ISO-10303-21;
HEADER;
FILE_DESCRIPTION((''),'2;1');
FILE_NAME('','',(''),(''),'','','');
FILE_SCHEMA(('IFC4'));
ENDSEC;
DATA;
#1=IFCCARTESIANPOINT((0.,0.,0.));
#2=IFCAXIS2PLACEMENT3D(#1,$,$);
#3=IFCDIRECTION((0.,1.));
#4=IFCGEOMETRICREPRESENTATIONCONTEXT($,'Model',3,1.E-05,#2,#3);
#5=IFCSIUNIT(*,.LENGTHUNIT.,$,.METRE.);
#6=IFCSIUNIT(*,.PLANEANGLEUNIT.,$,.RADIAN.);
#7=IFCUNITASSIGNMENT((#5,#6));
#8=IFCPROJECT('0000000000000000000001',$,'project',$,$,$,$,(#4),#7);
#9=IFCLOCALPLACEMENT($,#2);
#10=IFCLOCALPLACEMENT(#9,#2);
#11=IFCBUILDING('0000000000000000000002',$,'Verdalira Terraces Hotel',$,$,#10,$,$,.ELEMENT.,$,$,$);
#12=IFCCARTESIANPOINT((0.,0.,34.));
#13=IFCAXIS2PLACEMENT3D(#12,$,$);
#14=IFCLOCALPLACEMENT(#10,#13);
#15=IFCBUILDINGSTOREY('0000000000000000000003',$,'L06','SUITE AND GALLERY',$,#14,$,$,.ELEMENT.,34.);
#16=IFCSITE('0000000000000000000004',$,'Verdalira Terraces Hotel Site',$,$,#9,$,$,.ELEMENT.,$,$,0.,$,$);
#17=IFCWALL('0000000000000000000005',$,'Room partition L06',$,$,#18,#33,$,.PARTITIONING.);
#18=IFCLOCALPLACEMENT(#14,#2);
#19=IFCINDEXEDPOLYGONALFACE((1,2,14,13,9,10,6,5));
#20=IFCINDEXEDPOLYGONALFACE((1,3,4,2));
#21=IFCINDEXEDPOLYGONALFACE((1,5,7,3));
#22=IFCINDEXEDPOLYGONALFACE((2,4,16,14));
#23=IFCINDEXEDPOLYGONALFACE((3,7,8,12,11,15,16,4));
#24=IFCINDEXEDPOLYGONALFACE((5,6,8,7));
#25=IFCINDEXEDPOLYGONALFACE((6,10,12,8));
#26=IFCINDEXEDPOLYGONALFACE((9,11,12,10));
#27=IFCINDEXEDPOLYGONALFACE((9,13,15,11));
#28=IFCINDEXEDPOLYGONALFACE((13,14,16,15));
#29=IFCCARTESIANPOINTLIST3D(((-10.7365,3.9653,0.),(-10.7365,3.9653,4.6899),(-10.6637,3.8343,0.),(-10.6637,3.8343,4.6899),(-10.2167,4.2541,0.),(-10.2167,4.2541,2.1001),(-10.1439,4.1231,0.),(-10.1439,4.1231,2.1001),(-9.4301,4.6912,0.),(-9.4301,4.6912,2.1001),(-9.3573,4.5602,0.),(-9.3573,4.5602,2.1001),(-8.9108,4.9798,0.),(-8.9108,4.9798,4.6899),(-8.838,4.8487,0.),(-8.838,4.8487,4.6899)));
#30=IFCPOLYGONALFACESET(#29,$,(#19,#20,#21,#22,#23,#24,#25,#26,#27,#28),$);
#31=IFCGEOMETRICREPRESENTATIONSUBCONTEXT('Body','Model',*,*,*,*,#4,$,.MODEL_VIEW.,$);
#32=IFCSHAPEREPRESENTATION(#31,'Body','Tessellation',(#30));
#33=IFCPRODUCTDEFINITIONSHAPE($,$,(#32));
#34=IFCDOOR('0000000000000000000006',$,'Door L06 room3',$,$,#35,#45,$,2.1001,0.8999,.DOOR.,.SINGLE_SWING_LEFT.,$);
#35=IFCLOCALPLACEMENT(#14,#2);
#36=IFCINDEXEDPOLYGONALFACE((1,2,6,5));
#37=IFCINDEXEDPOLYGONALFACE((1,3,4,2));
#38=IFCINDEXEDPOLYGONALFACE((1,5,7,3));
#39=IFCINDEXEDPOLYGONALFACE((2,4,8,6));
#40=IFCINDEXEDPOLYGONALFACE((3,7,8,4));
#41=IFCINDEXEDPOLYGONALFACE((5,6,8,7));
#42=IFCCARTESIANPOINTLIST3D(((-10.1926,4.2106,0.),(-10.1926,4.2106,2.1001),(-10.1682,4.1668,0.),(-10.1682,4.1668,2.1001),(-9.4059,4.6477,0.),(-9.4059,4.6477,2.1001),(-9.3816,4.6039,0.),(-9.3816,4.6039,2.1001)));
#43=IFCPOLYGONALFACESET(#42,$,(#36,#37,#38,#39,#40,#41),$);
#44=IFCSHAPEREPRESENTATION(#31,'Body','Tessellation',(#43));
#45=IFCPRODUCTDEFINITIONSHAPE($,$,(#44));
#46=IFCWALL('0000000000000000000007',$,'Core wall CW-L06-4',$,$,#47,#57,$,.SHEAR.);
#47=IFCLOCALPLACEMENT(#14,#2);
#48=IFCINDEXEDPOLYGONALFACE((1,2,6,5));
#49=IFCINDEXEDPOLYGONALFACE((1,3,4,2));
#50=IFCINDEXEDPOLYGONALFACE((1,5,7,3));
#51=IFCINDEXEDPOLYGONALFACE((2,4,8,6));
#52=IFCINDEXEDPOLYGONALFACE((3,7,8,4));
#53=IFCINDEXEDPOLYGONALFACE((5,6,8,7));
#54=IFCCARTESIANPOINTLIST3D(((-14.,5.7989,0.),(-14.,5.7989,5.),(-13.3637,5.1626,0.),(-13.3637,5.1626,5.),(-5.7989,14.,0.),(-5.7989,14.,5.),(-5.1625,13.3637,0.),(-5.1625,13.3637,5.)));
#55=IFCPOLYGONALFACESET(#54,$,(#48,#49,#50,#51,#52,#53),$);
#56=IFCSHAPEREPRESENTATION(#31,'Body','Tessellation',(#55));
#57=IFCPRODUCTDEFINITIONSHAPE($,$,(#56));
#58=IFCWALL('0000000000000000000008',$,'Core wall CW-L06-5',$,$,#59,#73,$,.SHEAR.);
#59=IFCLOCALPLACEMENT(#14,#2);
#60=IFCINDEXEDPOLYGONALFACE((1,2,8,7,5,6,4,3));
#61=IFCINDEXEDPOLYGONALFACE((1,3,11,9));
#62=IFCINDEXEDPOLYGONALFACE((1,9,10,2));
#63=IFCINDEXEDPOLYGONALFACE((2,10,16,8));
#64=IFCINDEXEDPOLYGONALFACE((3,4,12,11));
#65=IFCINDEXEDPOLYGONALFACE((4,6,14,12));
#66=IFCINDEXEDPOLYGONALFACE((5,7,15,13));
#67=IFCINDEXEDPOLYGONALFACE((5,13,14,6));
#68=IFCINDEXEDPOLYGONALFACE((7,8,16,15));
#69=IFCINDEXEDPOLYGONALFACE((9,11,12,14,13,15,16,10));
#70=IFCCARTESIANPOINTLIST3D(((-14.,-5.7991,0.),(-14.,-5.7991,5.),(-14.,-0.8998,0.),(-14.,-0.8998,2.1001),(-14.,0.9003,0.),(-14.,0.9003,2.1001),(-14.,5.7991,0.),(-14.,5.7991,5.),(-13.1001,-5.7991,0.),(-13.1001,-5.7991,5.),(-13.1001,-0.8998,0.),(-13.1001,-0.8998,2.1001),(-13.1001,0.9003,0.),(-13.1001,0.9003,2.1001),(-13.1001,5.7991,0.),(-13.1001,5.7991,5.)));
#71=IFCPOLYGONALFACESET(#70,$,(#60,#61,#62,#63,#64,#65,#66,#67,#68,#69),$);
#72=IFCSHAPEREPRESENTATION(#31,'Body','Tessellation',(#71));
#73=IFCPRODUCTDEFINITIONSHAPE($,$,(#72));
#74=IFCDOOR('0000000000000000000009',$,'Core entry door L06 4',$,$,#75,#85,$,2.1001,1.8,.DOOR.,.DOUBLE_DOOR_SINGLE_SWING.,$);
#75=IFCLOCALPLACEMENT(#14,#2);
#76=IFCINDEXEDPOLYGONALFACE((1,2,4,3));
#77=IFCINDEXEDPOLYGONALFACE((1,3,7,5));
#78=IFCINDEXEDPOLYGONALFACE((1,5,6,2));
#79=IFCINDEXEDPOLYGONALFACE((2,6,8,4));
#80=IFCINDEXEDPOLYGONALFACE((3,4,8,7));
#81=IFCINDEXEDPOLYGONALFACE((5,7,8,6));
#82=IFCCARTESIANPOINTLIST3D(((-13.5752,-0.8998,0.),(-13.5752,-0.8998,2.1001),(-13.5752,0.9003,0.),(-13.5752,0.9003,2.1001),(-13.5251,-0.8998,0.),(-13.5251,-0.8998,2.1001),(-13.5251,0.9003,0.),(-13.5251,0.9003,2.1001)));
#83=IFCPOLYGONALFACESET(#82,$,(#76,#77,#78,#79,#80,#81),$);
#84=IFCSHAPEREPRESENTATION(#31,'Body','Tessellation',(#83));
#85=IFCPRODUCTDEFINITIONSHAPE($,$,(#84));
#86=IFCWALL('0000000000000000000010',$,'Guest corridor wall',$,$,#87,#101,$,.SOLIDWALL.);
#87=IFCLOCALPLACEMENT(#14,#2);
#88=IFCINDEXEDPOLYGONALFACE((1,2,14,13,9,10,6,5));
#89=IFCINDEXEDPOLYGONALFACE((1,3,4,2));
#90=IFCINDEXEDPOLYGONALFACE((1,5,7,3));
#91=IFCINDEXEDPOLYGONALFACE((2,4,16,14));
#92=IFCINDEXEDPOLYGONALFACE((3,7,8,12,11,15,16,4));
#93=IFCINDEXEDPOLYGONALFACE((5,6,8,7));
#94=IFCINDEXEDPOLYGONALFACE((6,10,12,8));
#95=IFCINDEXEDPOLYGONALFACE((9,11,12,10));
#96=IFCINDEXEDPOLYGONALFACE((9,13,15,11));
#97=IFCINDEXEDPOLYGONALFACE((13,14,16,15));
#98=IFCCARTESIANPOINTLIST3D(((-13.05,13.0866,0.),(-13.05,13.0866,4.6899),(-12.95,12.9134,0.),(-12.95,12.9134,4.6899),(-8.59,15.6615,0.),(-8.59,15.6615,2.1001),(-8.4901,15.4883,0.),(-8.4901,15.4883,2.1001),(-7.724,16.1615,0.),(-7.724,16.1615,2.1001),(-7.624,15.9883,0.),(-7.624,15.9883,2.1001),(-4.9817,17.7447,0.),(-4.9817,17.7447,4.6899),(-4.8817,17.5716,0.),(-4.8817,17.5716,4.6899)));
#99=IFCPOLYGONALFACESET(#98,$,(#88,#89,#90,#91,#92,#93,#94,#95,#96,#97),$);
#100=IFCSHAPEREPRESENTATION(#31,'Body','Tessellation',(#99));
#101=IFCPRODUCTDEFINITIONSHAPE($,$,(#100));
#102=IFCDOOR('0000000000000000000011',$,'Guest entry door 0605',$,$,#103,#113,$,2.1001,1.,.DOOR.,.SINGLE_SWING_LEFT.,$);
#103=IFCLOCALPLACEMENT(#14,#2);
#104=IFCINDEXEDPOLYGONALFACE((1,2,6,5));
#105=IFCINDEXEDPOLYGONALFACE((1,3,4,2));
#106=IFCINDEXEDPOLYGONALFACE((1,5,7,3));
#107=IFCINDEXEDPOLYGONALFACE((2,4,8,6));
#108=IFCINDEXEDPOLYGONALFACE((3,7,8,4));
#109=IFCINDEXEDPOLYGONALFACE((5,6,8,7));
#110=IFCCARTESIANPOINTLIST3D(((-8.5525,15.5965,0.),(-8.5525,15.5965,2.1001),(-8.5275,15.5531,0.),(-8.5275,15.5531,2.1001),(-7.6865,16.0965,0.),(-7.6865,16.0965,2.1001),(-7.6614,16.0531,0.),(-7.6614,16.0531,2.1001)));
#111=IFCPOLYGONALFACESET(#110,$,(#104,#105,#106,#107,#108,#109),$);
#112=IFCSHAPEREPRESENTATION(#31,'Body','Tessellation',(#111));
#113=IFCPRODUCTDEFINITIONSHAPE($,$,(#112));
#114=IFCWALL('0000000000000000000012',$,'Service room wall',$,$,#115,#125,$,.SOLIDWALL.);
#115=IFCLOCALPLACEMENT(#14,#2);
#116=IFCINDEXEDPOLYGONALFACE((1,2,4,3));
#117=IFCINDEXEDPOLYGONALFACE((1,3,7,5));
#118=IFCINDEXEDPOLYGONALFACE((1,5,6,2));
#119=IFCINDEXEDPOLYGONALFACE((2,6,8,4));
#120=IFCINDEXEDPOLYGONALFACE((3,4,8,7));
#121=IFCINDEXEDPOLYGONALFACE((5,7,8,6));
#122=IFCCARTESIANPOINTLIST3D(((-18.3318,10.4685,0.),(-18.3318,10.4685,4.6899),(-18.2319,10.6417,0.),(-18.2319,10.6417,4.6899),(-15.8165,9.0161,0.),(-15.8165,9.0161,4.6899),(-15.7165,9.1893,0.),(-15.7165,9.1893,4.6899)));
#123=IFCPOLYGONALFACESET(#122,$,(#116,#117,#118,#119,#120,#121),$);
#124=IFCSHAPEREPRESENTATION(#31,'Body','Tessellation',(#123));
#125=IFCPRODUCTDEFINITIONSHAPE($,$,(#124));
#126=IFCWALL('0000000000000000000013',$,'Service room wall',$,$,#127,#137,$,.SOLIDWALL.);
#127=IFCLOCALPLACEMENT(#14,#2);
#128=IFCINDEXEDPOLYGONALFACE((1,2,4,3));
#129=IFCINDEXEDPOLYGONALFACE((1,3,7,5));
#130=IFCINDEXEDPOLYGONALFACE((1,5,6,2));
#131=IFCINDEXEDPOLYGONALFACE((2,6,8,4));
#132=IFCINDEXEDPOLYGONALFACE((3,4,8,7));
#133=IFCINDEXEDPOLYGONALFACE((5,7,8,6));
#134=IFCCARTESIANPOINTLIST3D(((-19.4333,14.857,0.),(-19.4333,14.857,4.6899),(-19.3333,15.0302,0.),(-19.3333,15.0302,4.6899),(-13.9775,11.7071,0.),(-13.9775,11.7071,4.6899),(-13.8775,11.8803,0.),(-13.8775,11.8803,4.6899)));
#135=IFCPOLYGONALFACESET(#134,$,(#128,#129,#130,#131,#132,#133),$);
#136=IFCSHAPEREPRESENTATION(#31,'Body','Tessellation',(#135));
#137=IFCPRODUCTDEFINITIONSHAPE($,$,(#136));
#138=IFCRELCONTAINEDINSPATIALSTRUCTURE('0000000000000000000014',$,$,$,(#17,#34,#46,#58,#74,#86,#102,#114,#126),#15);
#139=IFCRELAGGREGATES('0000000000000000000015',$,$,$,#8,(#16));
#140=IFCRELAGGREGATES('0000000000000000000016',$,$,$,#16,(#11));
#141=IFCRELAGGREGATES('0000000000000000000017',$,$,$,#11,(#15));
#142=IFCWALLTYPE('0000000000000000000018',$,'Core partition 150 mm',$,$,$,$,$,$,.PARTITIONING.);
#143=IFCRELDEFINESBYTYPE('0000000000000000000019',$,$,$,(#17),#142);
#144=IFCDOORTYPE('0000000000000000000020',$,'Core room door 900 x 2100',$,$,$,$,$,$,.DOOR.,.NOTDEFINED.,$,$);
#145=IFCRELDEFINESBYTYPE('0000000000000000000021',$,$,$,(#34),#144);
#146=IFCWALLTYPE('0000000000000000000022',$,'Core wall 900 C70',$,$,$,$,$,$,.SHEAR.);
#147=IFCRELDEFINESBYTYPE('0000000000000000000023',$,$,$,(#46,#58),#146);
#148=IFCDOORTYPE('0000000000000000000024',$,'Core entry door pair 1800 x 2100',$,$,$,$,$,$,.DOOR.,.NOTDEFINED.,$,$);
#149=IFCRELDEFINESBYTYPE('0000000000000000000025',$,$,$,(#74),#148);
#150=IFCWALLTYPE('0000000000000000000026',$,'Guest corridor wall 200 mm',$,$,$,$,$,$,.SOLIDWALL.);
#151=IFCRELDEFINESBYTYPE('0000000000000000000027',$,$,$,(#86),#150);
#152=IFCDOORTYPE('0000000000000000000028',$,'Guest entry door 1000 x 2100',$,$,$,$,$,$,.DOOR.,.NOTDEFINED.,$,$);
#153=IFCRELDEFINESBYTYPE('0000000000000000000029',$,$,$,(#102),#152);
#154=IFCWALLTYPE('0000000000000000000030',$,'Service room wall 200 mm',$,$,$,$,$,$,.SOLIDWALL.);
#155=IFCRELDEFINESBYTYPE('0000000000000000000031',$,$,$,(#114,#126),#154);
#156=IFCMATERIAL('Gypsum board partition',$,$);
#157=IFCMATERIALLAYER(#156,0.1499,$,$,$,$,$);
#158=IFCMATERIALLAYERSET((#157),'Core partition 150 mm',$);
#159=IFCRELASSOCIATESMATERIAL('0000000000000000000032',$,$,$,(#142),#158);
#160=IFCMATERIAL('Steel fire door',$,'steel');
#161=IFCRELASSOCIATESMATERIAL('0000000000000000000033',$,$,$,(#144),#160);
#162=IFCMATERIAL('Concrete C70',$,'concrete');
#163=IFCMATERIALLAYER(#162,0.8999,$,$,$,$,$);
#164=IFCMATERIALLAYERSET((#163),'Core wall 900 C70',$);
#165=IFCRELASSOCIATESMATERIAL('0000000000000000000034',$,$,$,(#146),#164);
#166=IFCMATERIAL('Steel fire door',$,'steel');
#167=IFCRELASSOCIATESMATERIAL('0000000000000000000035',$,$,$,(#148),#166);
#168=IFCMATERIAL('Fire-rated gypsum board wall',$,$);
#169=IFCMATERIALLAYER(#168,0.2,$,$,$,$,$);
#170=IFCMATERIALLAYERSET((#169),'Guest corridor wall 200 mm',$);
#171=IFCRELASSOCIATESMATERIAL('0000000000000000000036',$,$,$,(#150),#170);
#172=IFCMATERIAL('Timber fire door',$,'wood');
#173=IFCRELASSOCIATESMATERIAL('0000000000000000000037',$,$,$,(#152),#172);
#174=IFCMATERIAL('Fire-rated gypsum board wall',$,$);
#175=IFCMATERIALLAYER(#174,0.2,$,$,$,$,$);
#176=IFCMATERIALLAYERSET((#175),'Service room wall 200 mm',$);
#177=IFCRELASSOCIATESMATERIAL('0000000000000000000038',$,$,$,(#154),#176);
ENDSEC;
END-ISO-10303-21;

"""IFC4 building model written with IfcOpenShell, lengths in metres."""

from ifc_helpers import new_model, si_unit, direction, frame, frame_2d, origin, place, context, subcontext, project, spatial, rectangle, extrude, material, layer, layer_set, type_object, element, fill, save


model = new_model("IFC4")

# Units and contexts
model_context = context("Model", 3, precision=1e-05, world=origin(), true_north=direction((0.0, 1.0)))
body_context = subcontext(model_context, "Body", "Model", "MODEL_VIEW")
ifc_project = project(units=[si_unit("LENGTHUNIT", "METRE"), si_unit("PLANEANGLEUNIT", "RADIAN")], contexts=[model_context])

# Site, building, storey
site_placement = place(None, origin())
site = spatial("IfcSite", under=ifc_project, at=site_placement, Name="Verdalira Terraces Hotel Site", CompositionType="ELEMENT", RefElevation=0.0)
building_placement = place(site_placement, origin())
building = spatial("IfcBuilding", under=site, at=building_placement, Name="Verdalira Terraces Hotel", CompositionType="ELEMENT")
storey_placement = place(building_placement, frame((0.0, 0.0, 34.0)))
storey = spatial("IfcBuildingStorey", under=building, at=storey_placement, Name="L06", Description="SUITE AND GALLERY", CompositionType="ELEMENT", Elevation=34.0)

# Wall, opening, door
ifc_material_1 = material(Name="Gypsum board partition")
ifc_layer_1 = layer(ifc_material_1, 0.1499)
ifc_layer_set_1 = layer_set([ifc_layer_1], Name="Core partition 150 mm")
wall_type_1 = type_object("IfcWallType", Name="Core partition 150 mm", PredefinedType="PARTITIONING", material=ifc_layer_set_1)
ifc_material_2 = material(Name="Steel fire door", Category="steel")
door_type_1 = type_object("IfcDoorType", Name="Core room door 900 x 2100", OperationType="NOTDEFINED", PredefinedType="DOOR", material=ifc_material_2)
wall_1_placement = place(storey_placement, frame((-8.8743, 4.9143, 0.0), z_axis=(0.0, 0.0, 1.0), x_axis=(-0.87413, -0.485693, 0.0)))
wall_1 = element("IfcWall", 1, at=wall_1_placement, inside=storey, type_object=wall_type_1, Name="Room partition L06", PredefinedType="PARTITIONING", context=body_context, shape_type="SweptSolid", body=[
    extrude(rectangle(XDim=2.0886, YDim=0.1499, at=frame_2d((1.0444, 0.0))), origin(), (0.0, 0.0, 1.0), 4.6899),
])
opening_1_placement = place(wall_1_placement, frame((0.5942, 0.0, 0.0)))
opening_1 = element("IfcOpeningElement", 2, at=opening_1_placement, cuts=wall_1, PredefinedType="OPENING", context=body_context, shape_type="SweptSolid", body=[
    extrude(rectangle(XDim=0.8999, YDim=2.1001, at=frame_2d((0.45, 1.05))), frame((0.0, 0.085, 0.0), z_axis=(0.0, -1.0, 0.0), x_axis=(1.0, 0.0, 0.0)), (0.0, 0.0, 1.0), 0.1699),
])
door_1_placement = place(opening_1_placement, origin())
door_1 = element("IfcDoor", 3, at=door_1_placement, inside=storey, type_object=door_type_1, Name="Door L06 room3", OperationType="SINGLE_SWING_LEFT", OverallHeight=2.1001, OverallWidth=0.8999, PredefinedType="DOOR", context=body_context, shape_type="SweptSolid", body=[
    extrude(rectangle(XDim=0.8999, YDim=2.1001, at=frame_2d((0.45, 1.05))), frame((0.0, 0.0249, 0.0), z_axis=(0.0, -1.0, 0.0), x_axis=(1.0, 0.0, 0.0)), (0.0, 0.0, 1.0), 0.05),
])
fill(opening_1, door_1)

# Wall
ifc_material_3 = material(Name="Concrete C70", Category="concrete")
ifc_layer_2 = layer(ifc_material_3, 0.8999)
ifc_layer_set_2 = layer_set([ifc_layer_2], Name="Core wall 900 C70")
wall_type_2 = type_object("IfcWallType", Name="Core wall 900 C70", PredefinedType="SHEAR", material=ifc_layer_set_2)
wall_2_placement = place(storey_placement, frame((-5.4807, 13.6819, 0.0), z_axis=(0.0, 0.0, 1.0), x_axis=(-0.707107, -0.707107, 0.0)))
element("IfcWall", 4, at=wall_2_placement, inside=storey, type_object=wall_type_2, Name="Core wall CW-L06-4", PredefinedType="SHEAR", context=body_context, shape_type="SweptSolid", body=[
    extrude(rectangle(XDim=11.5981, YDim=0.8999, at=frame_2d((5.7991, 0.0))), origin(), (0.0, 0.0, 1.0), 5.0),
])

# Walls, openings, doors
wall_3_placement = place(storey_placement, frame((-13.55, 5.7991, 0.0), z_axis=(0.0, 0.0, 1.0), x_axis=(0.0, -1.0, 0.0)))
wall_3 = element("IfcWall", 5, at=wall_3_placement, inside=storey, type_object=wall_type_2, Name="Core wall CW-L06-5", PredefinedType="SHEAR", context=body_context, shape_type="SweptSolid", body=[
    extrude(rectangle(XDim=11.5981, YDim=0.8999, at=frame_2d((5.7991, 0.0))), origin(), (0.0, 0.0, 1.0), 5.0),
])
opening_2_placement = place(wall_3_placement, frame((4.8989, 0.0, 0.0)))
opening_2 = element("IfcOpeningElement", 6, at=opening_2_placement, cuts=wall_3, PredefinedType="OPENING", context=body_context, shape_type="SweptSolid", body=[
    extrude(rectangle(XDim=1.8, YDim=2.1001, at=frame_2d((0.8999, 1.05))), frame((0.0, 0.46, 0.0), z_axis=(0.0, -1.0, 0.0), x_axis=(1.0, 0.0, 0.0)), (0.0, 0.0, 1.0), 0.9199),
])
ifc_material_4 = material(Name="Steel fire door", Category="steel")
door_type_2 = type_object("IfcDoorType", Name="Core entry door pair 1800 x 2100", OperationType="NOTDEFINED", PredefinedType="DOOR", material=ifc_material_4)
door_2_placement = place(opening_2_placement, origin())
door_2 = element("IfcDoor", 7, at=door_2_placement, inside=storey, type_object=door_type_2, Name="Core entry door L06 4", OperationType="DOUBLE_DOOR_SINGLE_SWING", OverallHeight=2.1001, OverallWidth=1.8, PredefinedType="DOOR", context=body_context, shape_type="SweptSolid", body=[
    extrude(rectangle(XDim=1.8, YDim=2.1001, at=frame_2d((0.8999, 1.05))), frame((0.0, 0.0249, 0.0), z_axis=(0.0, -1.0, 0.0), x_axis=(1.0, 0.0, 0.0)), (0.0, 0.0, 1.0), 0.05),
])
fill(opening_2, door_2)
ifc_material_5 = material(Name="Fire-rated gypsum board wall")
ifc_layer_3 = layer(ifc_material_5, 0.2)
ifc_layer_set_3 = layer_set([ifc_layer_3], Name="Guest corridor wall 200 mm")
wall_type_3 = type_object("IfcWallType", Name="Guest corridor wall 200 mm", PredefinedType="SOLIDWALL", material=ifc_layer_set_3)
wall_4_placement = place(storey_placement, frame((-13.0, 13.0, 0.0), z_axis=(0.0, 0.0, 1.0), x_axis=(0.866028, 0.499995, 0.0)))
wall_4 = element("IfcWall", 8, at=wall_4_placement, inside=storey, type_object=wall_type_3, Name="Guest corridor wall", PredefinedType="SOLIDWALL", context=body_context, shape_type="SweptSolid", body=[
    extrude(rectangle(XDim=9.3164, YDim=0.2, at=frame_2d((4.6582, 0.0))), origin(), (0.0, 0.0, 1.0), 4.6899),
])
opening_3_placement = place(wall_4_placement, frame((5.1499, 0.0, 0.0)))
opening_3 = element("IfcOpeningElement", 9, at=opening_3_placement, cuts=wall_4, PredefinedType="OPENING", context=body_context, shape_type="SweptSolid", body=[
    extrude(rectangle(XDim=1.0, YDim=2.1001, at=frame_2d((0.5, 1.05))), frame((0.0, 0.1099, 0.0), z_axis=(0.0, -1.0, 0.0), x_axis=(1.0, 0.0, 0.0)), (0.0, 0.0, 1.0), 0.22),
])
ifc_material_6 = material(Name="Timber fire door", Category="wood")
door_type_3 = type_object("IfcDoorType", Name="Guest entry door 1000 x 2100", OperationType="NOTDEFINED", PredefinedType="DOOR", material=ifc_material_6)
door_3_placement = place(opening_3_placement, origin())
door_3 = element("IfcDoor", 10, at=door_3_placement, inside=storey, type_object=door_type_3, Name="Guest entry door 0605", OperationType="SINGLE_SWING_LEFT", OverallHeight=2.1001, OverallWidth=1.0, PredefinedType="DOOR", context=body_context, shape_type="SweptSolid", body=[
    extrude(rectangle(XDim=1.0, YDim=2.1001, at=frame_2d((0.5, 1.05))), frame((0.0, 0.0249, 0.0), z_axis=(0.0, -1.0, 0.0), x_axis=(1.0, 0.0, 0.0)), (0.0, 0.0, 1.0), 0.05),
])
fill(opening_3, door_3)

# Walls
ifc_material_7 = material(Name="Fire-rated gypsum board wall")
ifc_layer_4 = layer(ifc_material_7, 0.2)
ifc_layer_set_4 = layer_set([ifc_layer_4], Name="Service room wall 200 mm")
wall_type_4 = type_object("IfcWallType", Name="Service room wall 200 mm", PredefinedType="SOLIDWALL", material=ifc_layer_set_4)
wall_5_placement = place(storey_placement, frame((-15.7666, 9.1028, 0.0), z_axis=(0.0, 0.0, 1.0), x_axis=(-0.866005, 0.500035, 0.0)))
element("IfcWall", 11, at=wall_5_placement, inside=storey, type_object=wall_type_4, Name="Service room wall", PredefinedType="SOLIDWALL", context=body_context, shape_type="SweptSolid", body=[
    extrude(rectangle(XDim=2.9045, YDim=0.2, at=frame_2d((1.4521, 0.0))), origin(), (0.0, 0.0, 1.0), 4.6899),
])
wall_6_placement = place(storey_placement, frame((-13.9275, 11.7937, 0.0), z_axis=(0.0, 0.0, 1.0), x_axis=(-0.866026, 0.499999, 0.0)))
element("IfcWall", 12, at=wall_6_placement, inside=storey, type_object=wall_type_4, Name="Service room wall", PredefinedType="SOLIDWALL", context=body_context, shape_type="SweptSolid", body=[
    extrude(rectangle(XDim=6.2998, YDim=0.2, at=frame_2d((3.1499, 0.0))), origin(), (0.0, 0.0, 1.0), 4.6899),
])

save(model, "model.ifc")
